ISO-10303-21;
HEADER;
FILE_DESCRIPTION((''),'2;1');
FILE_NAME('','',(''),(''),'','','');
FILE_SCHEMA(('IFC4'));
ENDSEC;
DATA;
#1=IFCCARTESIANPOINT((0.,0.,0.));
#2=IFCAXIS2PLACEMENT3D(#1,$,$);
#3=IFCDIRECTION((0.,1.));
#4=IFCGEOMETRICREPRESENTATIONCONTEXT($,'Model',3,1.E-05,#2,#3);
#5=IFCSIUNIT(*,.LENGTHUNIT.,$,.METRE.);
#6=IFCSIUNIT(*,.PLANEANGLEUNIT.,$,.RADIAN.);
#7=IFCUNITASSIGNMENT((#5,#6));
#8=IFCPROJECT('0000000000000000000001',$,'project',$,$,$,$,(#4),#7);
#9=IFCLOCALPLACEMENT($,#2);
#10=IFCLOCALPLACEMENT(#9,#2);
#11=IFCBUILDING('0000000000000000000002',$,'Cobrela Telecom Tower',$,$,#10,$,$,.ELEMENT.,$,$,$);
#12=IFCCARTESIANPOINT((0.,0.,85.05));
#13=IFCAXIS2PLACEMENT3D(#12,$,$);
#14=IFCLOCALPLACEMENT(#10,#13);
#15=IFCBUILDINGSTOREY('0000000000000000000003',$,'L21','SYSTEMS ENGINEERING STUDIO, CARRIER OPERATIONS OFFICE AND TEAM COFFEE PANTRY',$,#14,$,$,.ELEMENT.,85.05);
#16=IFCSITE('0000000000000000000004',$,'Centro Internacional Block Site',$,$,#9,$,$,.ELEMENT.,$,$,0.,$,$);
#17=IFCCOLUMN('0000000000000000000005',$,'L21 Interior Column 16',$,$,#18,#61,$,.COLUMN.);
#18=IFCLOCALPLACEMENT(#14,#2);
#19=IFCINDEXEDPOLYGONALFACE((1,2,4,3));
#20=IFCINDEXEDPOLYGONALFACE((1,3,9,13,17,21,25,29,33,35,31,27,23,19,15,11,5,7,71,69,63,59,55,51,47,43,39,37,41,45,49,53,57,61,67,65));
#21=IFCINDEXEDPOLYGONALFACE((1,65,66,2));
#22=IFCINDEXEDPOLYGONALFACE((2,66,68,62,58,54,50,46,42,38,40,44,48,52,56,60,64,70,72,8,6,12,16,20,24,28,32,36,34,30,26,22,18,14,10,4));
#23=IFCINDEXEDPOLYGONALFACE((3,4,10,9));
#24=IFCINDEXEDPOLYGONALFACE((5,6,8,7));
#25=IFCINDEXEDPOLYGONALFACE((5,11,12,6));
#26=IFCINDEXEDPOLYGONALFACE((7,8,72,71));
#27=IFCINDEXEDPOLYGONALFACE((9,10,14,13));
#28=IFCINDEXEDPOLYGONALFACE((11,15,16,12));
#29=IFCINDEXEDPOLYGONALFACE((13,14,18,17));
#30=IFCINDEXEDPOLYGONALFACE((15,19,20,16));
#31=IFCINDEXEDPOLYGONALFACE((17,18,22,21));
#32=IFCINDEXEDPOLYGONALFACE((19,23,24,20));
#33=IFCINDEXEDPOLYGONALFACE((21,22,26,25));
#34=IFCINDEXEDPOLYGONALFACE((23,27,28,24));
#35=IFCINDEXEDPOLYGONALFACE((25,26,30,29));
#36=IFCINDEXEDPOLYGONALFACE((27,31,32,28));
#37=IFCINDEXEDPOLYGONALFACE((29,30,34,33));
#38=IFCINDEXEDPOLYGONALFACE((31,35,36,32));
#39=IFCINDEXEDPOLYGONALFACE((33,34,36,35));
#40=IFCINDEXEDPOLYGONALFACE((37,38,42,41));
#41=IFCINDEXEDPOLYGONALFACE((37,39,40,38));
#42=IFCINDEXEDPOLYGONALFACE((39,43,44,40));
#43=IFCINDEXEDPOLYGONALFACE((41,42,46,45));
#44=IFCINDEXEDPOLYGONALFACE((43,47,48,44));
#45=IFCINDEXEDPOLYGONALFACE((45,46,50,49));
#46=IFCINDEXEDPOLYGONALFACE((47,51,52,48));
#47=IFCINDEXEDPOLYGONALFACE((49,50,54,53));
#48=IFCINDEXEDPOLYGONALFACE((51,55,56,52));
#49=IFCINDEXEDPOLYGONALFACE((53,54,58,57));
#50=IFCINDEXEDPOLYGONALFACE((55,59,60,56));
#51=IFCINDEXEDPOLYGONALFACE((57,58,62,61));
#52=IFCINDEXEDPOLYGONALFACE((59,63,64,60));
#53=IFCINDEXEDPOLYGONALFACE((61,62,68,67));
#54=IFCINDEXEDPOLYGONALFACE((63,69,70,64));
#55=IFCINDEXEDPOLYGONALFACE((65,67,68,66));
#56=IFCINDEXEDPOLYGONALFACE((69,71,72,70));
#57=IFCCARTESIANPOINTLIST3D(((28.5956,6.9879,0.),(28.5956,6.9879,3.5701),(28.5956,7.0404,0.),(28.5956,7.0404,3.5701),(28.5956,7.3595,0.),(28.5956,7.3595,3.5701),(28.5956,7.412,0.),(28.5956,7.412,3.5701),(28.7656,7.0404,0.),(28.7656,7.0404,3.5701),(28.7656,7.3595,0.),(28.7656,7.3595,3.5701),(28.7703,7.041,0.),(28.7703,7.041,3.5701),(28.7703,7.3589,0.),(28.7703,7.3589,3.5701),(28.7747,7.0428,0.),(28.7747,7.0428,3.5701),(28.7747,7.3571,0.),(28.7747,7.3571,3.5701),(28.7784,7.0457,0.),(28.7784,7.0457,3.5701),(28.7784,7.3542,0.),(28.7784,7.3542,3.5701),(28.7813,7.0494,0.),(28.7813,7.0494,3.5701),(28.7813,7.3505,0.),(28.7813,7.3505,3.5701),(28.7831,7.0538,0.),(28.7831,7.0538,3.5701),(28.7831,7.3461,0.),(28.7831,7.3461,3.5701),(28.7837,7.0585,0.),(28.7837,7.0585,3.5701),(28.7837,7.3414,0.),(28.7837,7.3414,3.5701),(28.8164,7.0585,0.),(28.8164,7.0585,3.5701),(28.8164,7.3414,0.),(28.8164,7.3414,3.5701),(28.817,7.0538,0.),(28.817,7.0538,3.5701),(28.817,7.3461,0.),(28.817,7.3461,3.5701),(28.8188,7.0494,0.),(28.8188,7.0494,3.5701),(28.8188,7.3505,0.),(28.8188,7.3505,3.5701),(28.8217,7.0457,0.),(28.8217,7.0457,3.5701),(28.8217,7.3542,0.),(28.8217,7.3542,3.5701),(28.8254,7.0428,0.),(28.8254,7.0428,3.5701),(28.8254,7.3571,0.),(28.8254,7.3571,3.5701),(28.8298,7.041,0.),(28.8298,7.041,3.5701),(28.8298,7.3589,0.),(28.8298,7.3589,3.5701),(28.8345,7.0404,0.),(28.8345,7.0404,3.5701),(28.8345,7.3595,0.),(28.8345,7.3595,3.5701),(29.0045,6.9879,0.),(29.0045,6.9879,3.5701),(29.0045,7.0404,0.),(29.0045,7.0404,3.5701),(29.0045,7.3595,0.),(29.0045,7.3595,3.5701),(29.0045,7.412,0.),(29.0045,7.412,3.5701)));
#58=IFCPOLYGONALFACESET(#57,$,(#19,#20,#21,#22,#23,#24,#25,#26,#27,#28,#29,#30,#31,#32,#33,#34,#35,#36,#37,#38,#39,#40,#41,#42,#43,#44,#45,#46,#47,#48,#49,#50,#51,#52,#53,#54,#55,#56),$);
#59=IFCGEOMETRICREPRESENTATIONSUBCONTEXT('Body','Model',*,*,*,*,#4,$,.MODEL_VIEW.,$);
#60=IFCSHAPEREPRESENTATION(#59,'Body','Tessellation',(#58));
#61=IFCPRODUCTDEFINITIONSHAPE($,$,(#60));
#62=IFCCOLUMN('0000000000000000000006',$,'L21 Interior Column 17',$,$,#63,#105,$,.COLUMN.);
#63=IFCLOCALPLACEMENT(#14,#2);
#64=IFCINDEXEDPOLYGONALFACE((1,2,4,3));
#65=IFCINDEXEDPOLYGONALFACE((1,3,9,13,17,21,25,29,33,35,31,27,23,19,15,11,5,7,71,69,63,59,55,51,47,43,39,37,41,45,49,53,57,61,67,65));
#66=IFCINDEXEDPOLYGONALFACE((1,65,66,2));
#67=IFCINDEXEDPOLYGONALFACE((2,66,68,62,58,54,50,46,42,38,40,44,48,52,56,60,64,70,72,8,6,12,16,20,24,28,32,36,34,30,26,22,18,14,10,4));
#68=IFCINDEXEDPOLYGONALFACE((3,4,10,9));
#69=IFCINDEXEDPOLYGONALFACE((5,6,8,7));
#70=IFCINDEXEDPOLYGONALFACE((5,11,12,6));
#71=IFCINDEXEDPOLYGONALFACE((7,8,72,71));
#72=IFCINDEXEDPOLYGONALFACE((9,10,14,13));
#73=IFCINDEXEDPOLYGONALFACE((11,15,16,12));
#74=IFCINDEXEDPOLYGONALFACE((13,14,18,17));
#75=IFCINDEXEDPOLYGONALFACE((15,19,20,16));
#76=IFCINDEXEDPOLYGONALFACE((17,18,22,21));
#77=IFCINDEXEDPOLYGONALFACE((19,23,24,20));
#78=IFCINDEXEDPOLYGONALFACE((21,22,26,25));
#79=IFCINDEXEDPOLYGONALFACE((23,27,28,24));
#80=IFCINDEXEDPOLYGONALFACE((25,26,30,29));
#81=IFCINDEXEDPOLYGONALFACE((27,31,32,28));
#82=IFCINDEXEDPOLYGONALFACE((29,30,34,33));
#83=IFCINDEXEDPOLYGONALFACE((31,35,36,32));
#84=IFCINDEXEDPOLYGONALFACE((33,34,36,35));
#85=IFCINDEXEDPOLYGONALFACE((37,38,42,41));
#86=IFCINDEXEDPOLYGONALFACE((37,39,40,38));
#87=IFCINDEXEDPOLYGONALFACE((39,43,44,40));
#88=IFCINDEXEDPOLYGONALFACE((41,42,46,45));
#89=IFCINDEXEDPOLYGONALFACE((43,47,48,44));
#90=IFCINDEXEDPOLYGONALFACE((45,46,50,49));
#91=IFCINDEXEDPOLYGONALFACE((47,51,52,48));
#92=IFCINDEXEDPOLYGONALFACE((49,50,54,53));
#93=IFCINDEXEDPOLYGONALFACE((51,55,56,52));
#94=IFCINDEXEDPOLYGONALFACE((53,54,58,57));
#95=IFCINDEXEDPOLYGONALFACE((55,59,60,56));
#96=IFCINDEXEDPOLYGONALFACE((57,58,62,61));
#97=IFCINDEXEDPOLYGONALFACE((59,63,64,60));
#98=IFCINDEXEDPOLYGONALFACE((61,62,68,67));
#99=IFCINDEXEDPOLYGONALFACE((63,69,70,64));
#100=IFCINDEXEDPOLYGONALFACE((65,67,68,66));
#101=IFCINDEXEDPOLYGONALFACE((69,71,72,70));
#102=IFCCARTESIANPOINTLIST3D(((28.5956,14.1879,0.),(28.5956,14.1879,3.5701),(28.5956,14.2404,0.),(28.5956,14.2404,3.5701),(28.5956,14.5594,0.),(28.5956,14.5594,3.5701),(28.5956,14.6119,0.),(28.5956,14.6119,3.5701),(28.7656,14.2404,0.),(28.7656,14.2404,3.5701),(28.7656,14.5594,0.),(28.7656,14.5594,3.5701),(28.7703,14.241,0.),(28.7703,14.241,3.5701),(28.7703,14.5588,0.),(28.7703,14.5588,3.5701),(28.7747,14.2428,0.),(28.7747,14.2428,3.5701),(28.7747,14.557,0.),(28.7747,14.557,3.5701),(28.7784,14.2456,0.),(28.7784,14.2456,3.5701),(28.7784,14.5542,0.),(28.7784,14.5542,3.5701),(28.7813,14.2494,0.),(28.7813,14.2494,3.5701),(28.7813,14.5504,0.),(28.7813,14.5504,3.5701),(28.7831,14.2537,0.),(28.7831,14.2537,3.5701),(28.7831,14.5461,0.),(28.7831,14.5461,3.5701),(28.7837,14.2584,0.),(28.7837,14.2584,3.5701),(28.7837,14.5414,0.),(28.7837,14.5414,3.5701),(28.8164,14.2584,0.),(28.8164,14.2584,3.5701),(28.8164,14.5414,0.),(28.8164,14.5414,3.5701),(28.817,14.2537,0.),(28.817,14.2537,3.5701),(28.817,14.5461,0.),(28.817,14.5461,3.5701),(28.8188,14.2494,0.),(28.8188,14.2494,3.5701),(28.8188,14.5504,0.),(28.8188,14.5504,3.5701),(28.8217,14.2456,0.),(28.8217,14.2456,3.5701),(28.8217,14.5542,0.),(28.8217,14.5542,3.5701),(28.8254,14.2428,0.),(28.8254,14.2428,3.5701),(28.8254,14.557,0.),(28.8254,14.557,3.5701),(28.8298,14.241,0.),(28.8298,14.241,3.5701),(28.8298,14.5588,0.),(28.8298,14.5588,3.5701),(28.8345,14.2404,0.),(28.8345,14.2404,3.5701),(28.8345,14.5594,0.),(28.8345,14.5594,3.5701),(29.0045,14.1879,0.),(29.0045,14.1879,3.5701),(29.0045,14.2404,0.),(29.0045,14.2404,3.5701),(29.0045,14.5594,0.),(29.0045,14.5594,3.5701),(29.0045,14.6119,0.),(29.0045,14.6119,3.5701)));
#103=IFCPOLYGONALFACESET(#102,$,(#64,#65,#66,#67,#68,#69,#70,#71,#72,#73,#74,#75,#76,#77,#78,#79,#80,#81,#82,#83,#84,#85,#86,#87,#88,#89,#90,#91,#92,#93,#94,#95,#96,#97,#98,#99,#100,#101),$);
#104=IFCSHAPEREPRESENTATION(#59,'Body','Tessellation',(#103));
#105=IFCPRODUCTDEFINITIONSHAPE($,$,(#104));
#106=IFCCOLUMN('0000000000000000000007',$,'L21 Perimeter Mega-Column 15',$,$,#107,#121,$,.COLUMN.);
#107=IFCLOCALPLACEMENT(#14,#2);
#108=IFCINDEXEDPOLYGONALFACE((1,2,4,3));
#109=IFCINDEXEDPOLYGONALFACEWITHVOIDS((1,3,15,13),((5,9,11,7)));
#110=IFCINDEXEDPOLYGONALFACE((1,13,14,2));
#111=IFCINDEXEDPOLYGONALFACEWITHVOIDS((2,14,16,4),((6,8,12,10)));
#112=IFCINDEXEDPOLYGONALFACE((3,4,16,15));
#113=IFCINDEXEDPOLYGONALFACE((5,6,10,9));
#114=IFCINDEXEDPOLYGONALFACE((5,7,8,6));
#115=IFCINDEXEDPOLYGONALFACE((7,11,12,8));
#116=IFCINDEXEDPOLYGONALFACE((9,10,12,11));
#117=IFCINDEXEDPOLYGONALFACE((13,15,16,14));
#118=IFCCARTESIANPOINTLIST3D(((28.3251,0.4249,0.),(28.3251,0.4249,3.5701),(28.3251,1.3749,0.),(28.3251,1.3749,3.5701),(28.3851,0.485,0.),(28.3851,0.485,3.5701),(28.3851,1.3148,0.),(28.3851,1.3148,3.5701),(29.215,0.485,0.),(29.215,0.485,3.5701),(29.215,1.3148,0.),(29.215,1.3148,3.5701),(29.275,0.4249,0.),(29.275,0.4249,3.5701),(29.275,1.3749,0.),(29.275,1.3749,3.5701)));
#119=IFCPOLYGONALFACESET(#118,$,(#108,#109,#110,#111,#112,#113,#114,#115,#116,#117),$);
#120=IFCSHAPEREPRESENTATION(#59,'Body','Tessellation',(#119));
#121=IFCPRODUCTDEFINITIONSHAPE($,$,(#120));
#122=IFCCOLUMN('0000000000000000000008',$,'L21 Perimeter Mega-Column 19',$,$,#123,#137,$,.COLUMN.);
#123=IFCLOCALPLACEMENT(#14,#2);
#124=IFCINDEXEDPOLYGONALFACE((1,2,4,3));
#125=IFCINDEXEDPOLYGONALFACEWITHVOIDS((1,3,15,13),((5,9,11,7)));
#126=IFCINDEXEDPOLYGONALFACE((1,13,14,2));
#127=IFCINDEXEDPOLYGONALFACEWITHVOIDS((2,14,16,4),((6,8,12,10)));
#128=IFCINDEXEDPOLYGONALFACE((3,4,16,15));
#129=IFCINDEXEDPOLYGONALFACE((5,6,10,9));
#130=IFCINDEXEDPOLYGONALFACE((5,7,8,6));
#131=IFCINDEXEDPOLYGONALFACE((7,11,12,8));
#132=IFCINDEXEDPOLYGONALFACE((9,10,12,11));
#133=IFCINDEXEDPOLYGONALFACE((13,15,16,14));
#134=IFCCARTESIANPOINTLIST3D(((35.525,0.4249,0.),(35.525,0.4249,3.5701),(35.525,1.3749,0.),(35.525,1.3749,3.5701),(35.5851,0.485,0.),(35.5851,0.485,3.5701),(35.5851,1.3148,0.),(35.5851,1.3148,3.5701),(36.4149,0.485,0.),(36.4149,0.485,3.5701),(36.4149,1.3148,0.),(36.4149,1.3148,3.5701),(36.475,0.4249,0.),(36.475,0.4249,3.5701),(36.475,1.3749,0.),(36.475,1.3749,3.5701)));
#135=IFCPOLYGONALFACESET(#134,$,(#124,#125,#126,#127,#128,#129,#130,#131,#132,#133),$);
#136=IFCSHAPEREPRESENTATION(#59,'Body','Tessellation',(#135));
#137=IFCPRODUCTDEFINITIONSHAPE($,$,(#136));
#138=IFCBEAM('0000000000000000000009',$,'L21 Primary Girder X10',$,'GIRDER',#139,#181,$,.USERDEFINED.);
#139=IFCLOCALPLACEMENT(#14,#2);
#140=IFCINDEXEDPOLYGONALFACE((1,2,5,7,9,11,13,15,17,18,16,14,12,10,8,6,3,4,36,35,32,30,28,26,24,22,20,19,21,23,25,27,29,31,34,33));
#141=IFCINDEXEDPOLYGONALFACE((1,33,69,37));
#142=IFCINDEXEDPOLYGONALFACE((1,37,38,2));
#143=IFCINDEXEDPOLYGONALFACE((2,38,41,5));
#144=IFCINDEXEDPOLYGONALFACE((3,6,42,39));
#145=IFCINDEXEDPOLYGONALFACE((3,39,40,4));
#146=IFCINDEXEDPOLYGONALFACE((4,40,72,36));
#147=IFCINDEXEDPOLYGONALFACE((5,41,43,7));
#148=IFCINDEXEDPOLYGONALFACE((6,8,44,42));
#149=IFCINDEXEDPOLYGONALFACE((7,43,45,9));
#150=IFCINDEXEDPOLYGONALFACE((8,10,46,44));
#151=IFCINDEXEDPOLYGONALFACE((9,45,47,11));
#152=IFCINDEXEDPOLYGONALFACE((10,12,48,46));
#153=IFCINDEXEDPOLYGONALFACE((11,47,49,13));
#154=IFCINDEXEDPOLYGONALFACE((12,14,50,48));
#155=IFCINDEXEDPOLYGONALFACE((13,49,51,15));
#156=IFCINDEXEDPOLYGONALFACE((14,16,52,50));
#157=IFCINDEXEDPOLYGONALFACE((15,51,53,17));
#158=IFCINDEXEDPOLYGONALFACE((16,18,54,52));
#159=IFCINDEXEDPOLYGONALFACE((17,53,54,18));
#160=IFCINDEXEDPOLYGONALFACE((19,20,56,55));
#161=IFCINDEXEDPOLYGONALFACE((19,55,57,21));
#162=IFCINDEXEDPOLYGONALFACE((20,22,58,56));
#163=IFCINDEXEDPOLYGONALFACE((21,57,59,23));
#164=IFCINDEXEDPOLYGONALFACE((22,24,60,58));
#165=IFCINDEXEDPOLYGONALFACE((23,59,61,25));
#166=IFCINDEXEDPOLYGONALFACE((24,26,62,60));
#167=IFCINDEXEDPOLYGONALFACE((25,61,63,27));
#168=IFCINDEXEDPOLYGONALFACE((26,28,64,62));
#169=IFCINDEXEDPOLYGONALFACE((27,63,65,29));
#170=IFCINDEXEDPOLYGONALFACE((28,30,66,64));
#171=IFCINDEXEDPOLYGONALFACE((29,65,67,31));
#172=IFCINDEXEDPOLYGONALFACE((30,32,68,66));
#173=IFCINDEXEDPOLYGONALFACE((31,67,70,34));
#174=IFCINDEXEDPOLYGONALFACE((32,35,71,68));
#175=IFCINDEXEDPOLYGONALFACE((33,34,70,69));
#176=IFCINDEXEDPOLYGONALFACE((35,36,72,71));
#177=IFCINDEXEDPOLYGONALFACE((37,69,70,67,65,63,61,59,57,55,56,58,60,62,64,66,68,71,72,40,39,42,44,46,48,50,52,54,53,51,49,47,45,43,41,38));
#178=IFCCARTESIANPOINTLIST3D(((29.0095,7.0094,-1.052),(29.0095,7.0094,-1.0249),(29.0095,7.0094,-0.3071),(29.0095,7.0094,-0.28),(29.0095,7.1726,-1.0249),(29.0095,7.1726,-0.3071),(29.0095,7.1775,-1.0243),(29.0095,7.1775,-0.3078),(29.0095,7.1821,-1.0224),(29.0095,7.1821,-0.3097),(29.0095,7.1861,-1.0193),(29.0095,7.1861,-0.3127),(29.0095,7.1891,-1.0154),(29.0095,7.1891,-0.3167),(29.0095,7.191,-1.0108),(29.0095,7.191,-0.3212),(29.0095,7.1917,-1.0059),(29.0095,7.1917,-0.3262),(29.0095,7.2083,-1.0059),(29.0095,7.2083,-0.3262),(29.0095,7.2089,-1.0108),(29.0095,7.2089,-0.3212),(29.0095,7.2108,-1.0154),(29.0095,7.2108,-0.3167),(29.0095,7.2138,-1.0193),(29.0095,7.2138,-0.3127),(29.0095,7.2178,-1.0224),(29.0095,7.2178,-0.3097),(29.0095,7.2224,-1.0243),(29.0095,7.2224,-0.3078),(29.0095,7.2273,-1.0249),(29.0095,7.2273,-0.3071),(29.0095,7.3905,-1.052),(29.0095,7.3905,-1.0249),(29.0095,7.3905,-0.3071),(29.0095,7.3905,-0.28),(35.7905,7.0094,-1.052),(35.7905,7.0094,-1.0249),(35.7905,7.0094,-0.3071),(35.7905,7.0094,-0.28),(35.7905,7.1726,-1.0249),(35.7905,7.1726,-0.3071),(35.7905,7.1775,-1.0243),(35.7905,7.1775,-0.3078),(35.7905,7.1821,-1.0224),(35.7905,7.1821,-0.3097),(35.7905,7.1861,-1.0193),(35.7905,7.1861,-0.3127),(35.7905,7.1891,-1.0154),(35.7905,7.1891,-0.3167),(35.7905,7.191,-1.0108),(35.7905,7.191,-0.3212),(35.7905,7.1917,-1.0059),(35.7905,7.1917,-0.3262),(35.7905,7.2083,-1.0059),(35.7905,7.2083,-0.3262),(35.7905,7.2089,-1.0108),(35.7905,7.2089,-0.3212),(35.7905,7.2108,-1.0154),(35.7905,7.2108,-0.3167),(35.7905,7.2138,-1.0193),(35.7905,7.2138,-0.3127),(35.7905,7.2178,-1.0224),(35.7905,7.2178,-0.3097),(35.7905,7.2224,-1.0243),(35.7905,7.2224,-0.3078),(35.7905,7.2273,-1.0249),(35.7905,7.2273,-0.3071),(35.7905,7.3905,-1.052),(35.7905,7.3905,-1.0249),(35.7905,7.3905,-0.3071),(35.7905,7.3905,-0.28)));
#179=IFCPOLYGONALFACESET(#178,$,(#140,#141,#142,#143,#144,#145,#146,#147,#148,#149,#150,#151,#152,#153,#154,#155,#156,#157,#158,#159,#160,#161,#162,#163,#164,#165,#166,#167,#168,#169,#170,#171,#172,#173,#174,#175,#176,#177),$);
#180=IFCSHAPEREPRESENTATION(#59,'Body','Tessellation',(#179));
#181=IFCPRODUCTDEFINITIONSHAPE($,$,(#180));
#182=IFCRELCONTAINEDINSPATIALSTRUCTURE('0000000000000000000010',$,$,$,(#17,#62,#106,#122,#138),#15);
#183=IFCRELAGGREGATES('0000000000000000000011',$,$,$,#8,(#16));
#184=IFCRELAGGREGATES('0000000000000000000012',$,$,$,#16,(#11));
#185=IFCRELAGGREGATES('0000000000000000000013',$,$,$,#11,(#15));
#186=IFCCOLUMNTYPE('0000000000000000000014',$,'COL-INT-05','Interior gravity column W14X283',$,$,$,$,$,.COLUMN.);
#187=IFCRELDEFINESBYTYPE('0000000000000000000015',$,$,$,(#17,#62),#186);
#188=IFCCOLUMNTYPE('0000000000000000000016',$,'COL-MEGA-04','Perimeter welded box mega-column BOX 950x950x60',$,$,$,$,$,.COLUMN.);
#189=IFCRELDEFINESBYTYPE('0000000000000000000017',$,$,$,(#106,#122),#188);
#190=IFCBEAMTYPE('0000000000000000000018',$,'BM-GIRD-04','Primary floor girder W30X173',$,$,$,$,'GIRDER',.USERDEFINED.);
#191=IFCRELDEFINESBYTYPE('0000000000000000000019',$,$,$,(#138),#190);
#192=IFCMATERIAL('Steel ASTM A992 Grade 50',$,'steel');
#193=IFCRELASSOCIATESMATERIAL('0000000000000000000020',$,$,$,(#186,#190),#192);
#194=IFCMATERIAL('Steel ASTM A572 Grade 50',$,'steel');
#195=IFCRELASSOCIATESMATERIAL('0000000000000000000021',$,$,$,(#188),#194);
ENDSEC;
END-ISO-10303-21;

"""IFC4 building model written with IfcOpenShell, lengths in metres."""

from ifc_helpers import new_model, si_unit, direction, frame, origin, origin_2d, place, context, subcontext, project, spatial, hollow_rectangle, i_section, extrude, material, material_profile, profile_set, type_object, element, save


model = new_model("IFC4")

# Units and contexts
model_context = context("Model", 3, precision=1e-05, world=origin(), true_north=direction((0.0, 1.0)))
body_context = subcontext(model_context, "Body", "Model", "MODEL_VIEW")
ifc_project = project(units=[si_unit("LENGTHUNIT", "METRE"), si_unit("PLANEANGLEUNIT", "RADIAN")], contexts=[model_context])

# Site, building, storey
site_placement = place(None, origin())
site = spatial("IfcSite", under=ifc_project, at=site_placement, Name="Centro Internacional Block Site", CompositionType="ELEMENT", RefElevation=0.0)
building_placement = place(site_placement, origin())
building = spatial("IfcBuilding", under=site, at=building_placement, Name="Cobrela Telecom Tower", CompositionType="ELEMENT")
storey_placement = place(building_placement, frame((0.0, 0.0, 85.05)))
storey = spatial("IfcBuildingStorey", under=building, at=storey_placement, Name="L21", Description="SYSTEMS ENGINEERING STUDIO, CARRIER OPERATIONS OFFICE AND TEAM COFFEE PANTRY", CompositionType="ELEMENT", Elevation=85.05)

# Columns
ifc_material_1 = material(Name="Steel ASTM A992 Grade 50", Category="steel")
ifc_material_profile_1 = material_profile(ifc_material_1, i_section(OverallWidth=0.4089, OverallDepth=0.4241, WebThickness=0.0327, FlangeThickness=0.0525, FilletRadius=0.0181, at=origin_2d()), Name="W14X283")
ifc_profile_set_1 = profile_set([ifc_material_profile_1], Name="Steel ASTM A992 Grade 50")
column_type_1 = type_object("IfcColumnType", Name="COL-INT-05", Description="Interior gravity column W14X283", PredefinedType="COLUMN", material=ifc_profile_set_1)
for number, where, z_axis, x_axis, name in (
    (1, (28.8, 7.2, 0.0), (0.0, 0.0, 1.0), (1.0, 0.0, 0.0), "L21 Interior Column 16"),
    (2, (28.8, 14.3999, 0.0), (0.0, 0.0, 1.0), (1.0, 0.0, 0.0), "L21 Interior Column 17"),
):
    element("IfcColumn", number, at=place(storey_placement, frame(where, z_axis=z_axis, x_axis=x_axis)), inside=storey, type_object=column_type_1, Name=name, PredefinedType="COLUMN", context=body_context, shape_type="SweptSolid", body=[
        extrude(i_section(OverallWidth=0.4089, OverallDepth=0.4241, WebThickness=0.0327, FlangeThickness=0.0525, FilletRadius=0.0181, at=origin_2d()), origin(), (0.0, 0.0, 1.0), 3.5701),
    ])
ifc_material_2 = material(Name="Steel ASTM A572 Grade 50", Category="steel")
ifc_material_profile_2 = material_profile(ifc_material_2, hollow_rectangle(XDim=0.95, YDim=0.95, WallThickness=0.0601, at=origin_2d()), Name="BOX 950x950x60")
ifc_profile_set_2 = profile_set([ifc_material_profile_2], Name="Steel ASTM A572 Grade 50")
column_type_2 = type_object("IfcColumnType", Name="COL-MEGA-04", Description="Perimeter welded box mega-column BOX 950x950x60", PredefinedType="COLUMN", material=ifc_profile_set_2)
for number, where, z_axis, x_axis, name in (
    (3, (28.8, 0.8999, 0.0), (0.0, 0.0, 1.0), (1.0, 0.0, 0.0), "L21 Perimeter Mega-Column 15"),
    (4, (36.0, 0.8999, 0.0), (0.0, 0.0, 1.0), (1.0, 0.0, 0.0), "L21 Perimeter Mega-Column 19"),
):
    element("IfcColumn", number, at=place(storey_placement, frame(where, z_axis=z_axis, x_axis=x_axis)), inside=storey, type_object=column_type_2, Name=name, PredefinedType="COLUMN", context=body_context, shape_type="SweptSolid", body=[
        extrude(hollow_rectangle(XDim=0.95, YDim=0.95, WallThickness=0.0601, at=origin_2d()), origin(), (0.0, 0.0, 1.0), 3.5701),
    ])

# Beam
ifc_material_profile_3 = material_profile(ifc_material_1, i_section(OverallWidth=0.3811, OverallDepth=0.772, WebThickness=0.0166, FlangeThickness=0.0271, FilletRadius=0.019, at=origin_2d()), Name="W30X173")
ifc_profile_set_3 = profile_set([ifc_material_profile_3], Name="Steel ASTM A992 Grade 50")
beam_type_1 = type_object("IfcBeamType", Name="BM-GIRD-04", Description="Primary floor girder W30X173", ElementType="GIRDER", PredefinedType="USERDEFINED", material=ifc_profile_set_3)
for number, where, z_axis, x_axis, name in (
    (5, (29.0095, 7.2, -0.666), (1.0, 0.0, 0.0), (0.0, 1.0, 0.0), "L21 Primary Girder X10"),
):
    element("IfcBeam", number, at=place(storey_placement, frame(where, z_axis=z_axis, x_axis=x_axis)), inside=storey, type_object=beam_type_1, Name=name, ObjectType="GIRDER", PredefinedType="USERDEFINED", context=body_context, shape_type="SweptSolid", body=[
        extrude(i_section(OverallWidth=0.3811, OverallDepth=0.772, WebThickness=0.0166, FlangeThickness=0.0271, FilletRadius=0.019, at=origin_2d()), origin(), (0.0, 0.0, 1.0), 6.781),
    ])

save(model, "model.ifc")
